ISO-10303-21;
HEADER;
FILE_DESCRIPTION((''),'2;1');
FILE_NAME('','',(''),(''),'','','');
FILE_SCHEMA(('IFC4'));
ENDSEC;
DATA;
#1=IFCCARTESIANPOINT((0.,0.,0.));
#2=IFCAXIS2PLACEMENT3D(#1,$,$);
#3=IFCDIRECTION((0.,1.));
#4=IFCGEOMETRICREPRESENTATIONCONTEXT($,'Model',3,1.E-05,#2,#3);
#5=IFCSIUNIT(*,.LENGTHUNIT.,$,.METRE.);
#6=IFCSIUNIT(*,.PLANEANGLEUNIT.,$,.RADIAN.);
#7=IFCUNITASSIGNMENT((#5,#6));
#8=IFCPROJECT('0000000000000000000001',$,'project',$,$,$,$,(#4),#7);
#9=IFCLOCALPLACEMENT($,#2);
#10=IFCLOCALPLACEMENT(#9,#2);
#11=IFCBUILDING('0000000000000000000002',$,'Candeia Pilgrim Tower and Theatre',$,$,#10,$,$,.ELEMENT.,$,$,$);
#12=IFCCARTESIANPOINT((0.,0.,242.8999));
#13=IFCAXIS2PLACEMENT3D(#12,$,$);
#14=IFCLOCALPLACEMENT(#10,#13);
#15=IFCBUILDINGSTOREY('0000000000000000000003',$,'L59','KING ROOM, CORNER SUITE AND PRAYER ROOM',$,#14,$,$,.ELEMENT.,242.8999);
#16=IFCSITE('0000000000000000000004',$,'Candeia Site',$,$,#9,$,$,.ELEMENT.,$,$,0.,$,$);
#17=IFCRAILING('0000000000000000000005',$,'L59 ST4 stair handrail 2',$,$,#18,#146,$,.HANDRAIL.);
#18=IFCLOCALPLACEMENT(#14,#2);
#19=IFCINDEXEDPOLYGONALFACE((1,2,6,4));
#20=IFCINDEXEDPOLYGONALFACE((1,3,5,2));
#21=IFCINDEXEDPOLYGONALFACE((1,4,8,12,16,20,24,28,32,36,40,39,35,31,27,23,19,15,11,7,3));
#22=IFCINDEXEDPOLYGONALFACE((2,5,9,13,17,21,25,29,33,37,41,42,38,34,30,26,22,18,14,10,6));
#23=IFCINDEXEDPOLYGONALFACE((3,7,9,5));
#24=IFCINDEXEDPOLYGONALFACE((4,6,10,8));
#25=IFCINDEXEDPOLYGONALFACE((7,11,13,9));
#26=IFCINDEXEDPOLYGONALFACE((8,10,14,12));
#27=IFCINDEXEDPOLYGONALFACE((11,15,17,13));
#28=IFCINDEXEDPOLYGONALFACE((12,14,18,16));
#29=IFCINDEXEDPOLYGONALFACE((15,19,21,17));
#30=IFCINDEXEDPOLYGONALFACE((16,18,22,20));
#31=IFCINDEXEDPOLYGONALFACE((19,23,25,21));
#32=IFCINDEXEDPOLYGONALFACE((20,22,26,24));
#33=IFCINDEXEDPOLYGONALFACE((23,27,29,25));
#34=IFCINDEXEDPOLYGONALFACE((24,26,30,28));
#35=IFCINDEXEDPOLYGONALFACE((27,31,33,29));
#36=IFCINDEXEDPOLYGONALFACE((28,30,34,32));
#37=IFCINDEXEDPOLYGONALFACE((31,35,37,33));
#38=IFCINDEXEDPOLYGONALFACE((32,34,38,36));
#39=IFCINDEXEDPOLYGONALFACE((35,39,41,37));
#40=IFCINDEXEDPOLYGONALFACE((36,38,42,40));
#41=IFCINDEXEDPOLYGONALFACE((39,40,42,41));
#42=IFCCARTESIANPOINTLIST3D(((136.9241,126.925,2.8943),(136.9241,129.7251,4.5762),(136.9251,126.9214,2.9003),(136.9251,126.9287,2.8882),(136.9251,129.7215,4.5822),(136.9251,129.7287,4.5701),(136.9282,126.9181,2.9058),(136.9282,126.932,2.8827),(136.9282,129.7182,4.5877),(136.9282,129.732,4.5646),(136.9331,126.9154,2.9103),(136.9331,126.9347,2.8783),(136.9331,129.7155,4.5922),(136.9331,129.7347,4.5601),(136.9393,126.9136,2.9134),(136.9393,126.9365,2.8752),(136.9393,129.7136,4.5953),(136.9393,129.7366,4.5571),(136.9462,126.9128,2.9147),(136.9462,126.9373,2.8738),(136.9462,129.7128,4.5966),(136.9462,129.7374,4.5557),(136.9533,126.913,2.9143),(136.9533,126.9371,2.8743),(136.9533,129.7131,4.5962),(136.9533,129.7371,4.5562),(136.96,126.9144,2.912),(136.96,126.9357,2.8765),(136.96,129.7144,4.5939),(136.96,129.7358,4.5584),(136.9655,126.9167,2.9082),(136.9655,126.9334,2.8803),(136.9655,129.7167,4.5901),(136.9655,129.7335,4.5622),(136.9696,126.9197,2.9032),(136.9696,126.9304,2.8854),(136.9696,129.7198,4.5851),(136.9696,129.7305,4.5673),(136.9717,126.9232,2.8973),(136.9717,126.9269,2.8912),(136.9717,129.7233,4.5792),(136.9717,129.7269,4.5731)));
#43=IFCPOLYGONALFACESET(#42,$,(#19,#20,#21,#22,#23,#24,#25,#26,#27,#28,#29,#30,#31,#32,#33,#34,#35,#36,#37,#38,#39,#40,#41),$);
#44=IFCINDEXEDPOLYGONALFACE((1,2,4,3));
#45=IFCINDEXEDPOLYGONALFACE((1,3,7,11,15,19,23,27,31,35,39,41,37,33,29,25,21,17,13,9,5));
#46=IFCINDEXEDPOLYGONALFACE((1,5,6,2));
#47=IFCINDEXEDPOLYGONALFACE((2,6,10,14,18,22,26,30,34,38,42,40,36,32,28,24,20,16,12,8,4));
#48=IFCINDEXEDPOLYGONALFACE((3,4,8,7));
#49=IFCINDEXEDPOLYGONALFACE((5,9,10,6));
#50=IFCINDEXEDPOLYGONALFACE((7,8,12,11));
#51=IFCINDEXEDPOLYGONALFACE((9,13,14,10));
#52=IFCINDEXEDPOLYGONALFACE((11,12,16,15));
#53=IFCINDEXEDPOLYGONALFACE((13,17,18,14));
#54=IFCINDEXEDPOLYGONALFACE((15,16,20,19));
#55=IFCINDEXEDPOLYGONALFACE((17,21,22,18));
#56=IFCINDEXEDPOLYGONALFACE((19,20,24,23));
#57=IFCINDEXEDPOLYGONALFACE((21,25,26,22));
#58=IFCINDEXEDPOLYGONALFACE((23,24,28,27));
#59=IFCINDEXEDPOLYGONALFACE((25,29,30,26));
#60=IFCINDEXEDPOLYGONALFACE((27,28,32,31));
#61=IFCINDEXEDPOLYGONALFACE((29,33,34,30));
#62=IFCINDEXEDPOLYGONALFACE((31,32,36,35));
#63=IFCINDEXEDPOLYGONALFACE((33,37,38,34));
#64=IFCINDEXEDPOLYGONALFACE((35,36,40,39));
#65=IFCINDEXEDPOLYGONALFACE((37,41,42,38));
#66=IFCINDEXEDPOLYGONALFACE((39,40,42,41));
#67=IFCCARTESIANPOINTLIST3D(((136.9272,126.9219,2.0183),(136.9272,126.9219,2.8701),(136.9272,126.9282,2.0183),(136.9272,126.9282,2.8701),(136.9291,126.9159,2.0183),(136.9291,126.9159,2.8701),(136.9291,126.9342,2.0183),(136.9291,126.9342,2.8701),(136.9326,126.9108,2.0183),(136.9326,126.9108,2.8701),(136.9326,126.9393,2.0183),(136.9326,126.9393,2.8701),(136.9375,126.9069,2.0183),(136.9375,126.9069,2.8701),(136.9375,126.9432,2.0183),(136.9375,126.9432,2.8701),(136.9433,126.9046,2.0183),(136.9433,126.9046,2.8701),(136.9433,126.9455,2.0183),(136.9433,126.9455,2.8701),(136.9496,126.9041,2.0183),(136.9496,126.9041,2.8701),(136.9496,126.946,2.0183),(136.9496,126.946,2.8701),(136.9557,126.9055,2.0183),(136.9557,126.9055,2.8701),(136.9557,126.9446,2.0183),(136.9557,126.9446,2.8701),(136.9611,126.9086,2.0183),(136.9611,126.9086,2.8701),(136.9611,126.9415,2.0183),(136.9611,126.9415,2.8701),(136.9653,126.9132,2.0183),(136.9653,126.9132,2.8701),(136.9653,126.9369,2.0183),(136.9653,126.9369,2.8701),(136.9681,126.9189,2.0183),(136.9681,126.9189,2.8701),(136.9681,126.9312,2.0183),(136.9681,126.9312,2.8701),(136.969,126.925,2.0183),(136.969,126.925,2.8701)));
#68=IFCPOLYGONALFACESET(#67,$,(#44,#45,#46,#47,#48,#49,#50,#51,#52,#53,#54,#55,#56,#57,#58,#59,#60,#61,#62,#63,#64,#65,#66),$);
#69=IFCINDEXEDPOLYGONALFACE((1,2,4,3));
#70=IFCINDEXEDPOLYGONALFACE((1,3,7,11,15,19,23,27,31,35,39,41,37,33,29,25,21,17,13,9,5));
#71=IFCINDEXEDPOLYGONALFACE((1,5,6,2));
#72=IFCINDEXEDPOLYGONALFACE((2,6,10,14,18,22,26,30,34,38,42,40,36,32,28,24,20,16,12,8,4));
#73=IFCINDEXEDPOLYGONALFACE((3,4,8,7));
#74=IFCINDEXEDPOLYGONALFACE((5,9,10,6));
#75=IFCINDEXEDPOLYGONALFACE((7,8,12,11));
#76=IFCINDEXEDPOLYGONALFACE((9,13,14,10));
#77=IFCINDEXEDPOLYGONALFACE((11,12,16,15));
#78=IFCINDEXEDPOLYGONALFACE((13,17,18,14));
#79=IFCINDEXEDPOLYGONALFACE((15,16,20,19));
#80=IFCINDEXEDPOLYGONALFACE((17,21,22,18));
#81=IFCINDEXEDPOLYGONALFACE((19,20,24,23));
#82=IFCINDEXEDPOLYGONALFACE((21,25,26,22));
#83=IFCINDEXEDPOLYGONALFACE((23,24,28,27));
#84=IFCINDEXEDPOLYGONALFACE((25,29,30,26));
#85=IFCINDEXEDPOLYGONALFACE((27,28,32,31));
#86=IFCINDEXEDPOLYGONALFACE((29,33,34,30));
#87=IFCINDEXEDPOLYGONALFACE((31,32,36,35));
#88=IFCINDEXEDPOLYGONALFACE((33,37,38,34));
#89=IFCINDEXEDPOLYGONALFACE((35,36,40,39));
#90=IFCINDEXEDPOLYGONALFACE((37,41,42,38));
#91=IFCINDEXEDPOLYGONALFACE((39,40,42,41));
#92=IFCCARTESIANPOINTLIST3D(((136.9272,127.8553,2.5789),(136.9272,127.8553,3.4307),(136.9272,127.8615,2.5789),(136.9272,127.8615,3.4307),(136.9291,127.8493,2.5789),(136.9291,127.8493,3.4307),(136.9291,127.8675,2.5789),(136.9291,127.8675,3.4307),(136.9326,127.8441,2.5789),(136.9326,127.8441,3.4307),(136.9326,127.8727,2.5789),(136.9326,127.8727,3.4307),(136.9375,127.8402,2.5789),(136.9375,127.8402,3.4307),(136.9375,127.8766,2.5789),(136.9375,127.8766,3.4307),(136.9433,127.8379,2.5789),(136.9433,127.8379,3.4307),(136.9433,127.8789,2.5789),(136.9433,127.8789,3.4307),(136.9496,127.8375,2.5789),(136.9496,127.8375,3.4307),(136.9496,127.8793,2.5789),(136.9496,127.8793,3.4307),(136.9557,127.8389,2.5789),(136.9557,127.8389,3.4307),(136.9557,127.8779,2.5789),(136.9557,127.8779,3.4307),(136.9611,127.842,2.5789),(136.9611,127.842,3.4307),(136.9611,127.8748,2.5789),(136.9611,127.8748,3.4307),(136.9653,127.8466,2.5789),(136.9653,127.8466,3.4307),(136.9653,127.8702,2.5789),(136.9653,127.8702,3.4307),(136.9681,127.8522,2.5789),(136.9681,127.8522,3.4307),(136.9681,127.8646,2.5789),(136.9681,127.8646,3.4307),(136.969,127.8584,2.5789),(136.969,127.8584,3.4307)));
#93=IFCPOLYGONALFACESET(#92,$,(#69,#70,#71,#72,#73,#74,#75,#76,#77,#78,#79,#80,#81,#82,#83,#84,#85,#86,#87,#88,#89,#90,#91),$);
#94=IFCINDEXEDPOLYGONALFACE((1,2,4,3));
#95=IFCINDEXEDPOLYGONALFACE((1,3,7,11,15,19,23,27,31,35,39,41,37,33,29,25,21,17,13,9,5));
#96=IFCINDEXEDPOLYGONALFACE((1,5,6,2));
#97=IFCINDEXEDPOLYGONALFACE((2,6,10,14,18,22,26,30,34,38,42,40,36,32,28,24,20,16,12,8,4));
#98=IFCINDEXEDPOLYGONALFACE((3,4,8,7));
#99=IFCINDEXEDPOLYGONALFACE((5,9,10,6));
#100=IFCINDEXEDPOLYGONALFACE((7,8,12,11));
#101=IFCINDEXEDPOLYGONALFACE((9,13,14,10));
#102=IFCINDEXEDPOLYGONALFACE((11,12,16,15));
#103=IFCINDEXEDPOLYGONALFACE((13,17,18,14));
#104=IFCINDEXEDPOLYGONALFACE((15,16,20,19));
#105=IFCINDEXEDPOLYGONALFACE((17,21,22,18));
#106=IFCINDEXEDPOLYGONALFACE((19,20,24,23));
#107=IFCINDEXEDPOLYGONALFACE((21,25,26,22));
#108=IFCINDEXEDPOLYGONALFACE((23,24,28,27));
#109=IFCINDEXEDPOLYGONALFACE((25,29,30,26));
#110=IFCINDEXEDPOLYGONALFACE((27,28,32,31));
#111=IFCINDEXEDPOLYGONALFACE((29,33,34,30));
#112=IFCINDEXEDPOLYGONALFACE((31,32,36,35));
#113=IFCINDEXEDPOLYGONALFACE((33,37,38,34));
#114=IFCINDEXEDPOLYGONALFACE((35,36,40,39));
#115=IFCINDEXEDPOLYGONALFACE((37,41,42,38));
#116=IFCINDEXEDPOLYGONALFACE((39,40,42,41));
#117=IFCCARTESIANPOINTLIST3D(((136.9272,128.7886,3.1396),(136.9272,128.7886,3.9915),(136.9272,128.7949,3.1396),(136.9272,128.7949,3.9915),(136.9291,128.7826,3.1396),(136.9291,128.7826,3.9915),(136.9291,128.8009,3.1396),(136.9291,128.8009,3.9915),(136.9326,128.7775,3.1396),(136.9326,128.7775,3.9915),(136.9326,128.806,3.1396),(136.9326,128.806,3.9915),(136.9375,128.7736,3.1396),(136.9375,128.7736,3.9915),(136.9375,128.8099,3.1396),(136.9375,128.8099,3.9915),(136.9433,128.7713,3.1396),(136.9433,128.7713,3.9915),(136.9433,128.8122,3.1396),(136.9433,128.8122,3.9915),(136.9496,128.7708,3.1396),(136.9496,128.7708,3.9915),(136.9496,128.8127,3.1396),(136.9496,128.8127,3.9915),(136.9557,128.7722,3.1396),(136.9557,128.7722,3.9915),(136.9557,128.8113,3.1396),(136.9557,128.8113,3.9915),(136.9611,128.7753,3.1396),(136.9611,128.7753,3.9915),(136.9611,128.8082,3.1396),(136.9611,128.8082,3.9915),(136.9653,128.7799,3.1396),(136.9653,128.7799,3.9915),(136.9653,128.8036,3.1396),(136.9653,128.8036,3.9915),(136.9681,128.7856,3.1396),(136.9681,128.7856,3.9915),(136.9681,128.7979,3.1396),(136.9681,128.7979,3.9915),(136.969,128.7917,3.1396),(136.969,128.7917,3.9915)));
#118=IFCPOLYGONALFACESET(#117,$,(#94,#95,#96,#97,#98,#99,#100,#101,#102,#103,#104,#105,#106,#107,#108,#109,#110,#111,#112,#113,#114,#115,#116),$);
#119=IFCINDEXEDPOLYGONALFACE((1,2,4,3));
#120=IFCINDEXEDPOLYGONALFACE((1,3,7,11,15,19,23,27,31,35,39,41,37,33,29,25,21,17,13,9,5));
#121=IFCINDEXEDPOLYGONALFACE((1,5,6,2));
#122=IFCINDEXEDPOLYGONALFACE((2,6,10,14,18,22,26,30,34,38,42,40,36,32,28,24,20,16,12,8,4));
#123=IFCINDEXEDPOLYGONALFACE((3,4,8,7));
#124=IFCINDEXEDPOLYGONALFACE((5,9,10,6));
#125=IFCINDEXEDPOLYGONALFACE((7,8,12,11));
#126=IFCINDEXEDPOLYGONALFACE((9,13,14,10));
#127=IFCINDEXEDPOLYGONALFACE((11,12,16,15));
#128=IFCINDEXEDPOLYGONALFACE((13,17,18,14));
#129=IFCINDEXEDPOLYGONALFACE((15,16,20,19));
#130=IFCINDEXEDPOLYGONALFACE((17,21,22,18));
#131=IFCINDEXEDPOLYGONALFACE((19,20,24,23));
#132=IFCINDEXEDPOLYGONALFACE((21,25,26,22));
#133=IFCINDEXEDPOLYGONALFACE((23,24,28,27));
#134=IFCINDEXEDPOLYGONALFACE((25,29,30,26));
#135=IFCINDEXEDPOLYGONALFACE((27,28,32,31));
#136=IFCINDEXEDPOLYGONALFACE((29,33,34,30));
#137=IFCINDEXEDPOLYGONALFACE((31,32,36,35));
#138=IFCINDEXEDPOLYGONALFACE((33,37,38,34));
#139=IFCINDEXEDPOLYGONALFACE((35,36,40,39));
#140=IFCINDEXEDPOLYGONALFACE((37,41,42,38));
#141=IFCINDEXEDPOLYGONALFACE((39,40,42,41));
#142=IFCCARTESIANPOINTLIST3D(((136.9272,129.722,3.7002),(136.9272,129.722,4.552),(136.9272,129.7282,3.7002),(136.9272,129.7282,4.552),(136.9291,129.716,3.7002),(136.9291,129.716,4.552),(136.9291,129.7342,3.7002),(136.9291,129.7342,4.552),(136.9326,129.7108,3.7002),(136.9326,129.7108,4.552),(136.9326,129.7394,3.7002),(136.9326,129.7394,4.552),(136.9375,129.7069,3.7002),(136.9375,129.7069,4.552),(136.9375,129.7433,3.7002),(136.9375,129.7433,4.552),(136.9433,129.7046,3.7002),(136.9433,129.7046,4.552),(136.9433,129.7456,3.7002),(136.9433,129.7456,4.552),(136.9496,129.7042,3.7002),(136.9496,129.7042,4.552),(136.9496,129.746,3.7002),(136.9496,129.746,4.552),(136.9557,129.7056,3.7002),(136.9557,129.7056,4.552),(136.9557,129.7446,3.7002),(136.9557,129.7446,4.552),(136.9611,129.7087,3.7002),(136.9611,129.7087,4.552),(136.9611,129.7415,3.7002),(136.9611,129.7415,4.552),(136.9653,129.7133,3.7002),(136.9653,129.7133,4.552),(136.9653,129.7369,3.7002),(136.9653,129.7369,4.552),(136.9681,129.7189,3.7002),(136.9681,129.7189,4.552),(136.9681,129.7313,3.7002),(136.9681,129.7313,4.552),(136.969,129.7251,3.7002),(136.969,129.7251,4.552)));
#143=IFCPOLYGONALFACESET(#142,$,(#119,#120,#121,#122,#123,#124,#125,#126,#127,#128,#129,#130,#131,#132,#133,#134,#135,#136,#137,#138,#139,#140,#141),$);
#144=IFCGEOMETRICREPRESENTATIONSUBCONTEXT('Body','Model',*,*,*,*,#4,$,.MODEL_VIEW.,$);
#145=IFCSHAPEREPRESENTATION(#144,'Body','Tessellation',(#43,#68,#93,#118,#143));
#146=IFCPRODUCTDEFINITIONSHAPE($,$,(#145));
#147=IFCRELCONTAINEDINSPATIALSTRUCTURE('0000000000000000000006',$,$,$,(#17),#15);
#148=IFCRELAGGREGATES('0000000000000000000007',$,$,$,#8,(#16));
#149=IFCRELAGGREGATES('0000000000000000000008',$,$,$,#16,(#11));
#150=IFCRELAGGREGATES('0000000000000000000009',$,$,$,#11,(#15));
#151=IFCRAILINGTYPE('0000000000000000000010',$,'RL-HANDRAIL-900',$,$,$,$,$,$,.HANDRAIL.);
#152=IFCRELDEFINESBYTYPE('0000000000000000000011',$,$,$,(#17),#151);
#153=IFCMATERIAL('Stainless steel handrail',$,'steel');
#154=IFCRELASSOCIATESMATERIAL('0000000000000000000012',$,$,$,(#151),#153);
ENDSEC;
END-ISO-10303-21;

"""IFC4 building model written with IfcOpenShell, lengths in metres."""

from ifc_helpers import new_model, si_unit, direction, frame, origin, origin_2d, place, context, subcontext, project, spatial, circle, extrude, material, type_object, element, save


model = new_model("IFC4")

# Units and contexts
model_context = context("Model", 3, precision=1e-05, world=origin(), true_north=direction((0.0, 1.0)))
body_context = subcontext(model_context, "Body", "Model", "MODEL_VIEW")
ifc_project = project(units=[si_unit("LENGTHUNIT", "METRE"), si_unit("PLANEANGLEUNIT", "RADIAN")], contexts=[model_context])

# Site, building, storey
site_placement = place(None, origin())
site = spatial("IfcSite", under=ifc_project, at=site_placement, Name="Candeia Site", CompositionType="ELEMENT", RefElevation=0.0)
building_placement = place(site_placement, origin())
building = spatial("IfcBuilding", under=site, at=building_placement, Name="Candeia Pilgrim Tower and Theatre", CompositionType="ELEMENT")
storey_placement = place(building_placement, frame((0.0, 0.0, 242.8999)))
storey = spatial("IfcBuildingStorey", under=building, at=storey_placement, Name="L59", Description="KING ROOM, CORNER SUITE AND PRAYER ROOM", CompositionType="ELEMENT", Elevation=242.8999)

# Railing
ifc_material_1 = material(Name="Stainless steel handrail", Category="steel")
railing_type_1 = type_object("IfcRailingType", Name="RL-HANDRAIL-900", PredefinedType="HANDRAIL", material=ifc_material_1)
railing_1_placement = place(storey_placement, frame((136.948, 126.925, 2.0183)))
element("IfcRailing", 1, at=railing_1_placement, inside=storey, type_object=railing_type_1, Name="L59 ST4 stair handrail 2", PredefinedType="HANDRAIL", context=body_context, shape_type="SweptSolid", body=[
    extrude(circle(Radius=0.0239, at=origin_2d()), frame((0.0, 0.0, 0.876), z_axis=(0.0, 0.857242, 0.514913), x_axis=(-1.0, 0.0, 0.0)), (0.0, 0.0, 1.0), 3.2664),
    extrude(circle(Radius=0.021, at=origin_2d()), origin(), (0.0, 0.0, 1.0), 0.8518),
    extrude(circle(Radius=0.021, at=origin_2d()), frame((0.0, 0.9333, 0.5605)), (0.0, 0.0, 1.0), 0.8518),
    extrude(circle(Radius=0.021, at=origin_2d()), frame((0.0, 1.8667, 1.1213)), (0.0, 0.0, 1.0), 0.8518),
    extrude(circle(Radius=0.021, at=origin_2d()), frame((0.0, 2.8, 1.6819)), (0.0, 0.0, 1.0), 0.8518),
])

save(model, "model.ifc")
